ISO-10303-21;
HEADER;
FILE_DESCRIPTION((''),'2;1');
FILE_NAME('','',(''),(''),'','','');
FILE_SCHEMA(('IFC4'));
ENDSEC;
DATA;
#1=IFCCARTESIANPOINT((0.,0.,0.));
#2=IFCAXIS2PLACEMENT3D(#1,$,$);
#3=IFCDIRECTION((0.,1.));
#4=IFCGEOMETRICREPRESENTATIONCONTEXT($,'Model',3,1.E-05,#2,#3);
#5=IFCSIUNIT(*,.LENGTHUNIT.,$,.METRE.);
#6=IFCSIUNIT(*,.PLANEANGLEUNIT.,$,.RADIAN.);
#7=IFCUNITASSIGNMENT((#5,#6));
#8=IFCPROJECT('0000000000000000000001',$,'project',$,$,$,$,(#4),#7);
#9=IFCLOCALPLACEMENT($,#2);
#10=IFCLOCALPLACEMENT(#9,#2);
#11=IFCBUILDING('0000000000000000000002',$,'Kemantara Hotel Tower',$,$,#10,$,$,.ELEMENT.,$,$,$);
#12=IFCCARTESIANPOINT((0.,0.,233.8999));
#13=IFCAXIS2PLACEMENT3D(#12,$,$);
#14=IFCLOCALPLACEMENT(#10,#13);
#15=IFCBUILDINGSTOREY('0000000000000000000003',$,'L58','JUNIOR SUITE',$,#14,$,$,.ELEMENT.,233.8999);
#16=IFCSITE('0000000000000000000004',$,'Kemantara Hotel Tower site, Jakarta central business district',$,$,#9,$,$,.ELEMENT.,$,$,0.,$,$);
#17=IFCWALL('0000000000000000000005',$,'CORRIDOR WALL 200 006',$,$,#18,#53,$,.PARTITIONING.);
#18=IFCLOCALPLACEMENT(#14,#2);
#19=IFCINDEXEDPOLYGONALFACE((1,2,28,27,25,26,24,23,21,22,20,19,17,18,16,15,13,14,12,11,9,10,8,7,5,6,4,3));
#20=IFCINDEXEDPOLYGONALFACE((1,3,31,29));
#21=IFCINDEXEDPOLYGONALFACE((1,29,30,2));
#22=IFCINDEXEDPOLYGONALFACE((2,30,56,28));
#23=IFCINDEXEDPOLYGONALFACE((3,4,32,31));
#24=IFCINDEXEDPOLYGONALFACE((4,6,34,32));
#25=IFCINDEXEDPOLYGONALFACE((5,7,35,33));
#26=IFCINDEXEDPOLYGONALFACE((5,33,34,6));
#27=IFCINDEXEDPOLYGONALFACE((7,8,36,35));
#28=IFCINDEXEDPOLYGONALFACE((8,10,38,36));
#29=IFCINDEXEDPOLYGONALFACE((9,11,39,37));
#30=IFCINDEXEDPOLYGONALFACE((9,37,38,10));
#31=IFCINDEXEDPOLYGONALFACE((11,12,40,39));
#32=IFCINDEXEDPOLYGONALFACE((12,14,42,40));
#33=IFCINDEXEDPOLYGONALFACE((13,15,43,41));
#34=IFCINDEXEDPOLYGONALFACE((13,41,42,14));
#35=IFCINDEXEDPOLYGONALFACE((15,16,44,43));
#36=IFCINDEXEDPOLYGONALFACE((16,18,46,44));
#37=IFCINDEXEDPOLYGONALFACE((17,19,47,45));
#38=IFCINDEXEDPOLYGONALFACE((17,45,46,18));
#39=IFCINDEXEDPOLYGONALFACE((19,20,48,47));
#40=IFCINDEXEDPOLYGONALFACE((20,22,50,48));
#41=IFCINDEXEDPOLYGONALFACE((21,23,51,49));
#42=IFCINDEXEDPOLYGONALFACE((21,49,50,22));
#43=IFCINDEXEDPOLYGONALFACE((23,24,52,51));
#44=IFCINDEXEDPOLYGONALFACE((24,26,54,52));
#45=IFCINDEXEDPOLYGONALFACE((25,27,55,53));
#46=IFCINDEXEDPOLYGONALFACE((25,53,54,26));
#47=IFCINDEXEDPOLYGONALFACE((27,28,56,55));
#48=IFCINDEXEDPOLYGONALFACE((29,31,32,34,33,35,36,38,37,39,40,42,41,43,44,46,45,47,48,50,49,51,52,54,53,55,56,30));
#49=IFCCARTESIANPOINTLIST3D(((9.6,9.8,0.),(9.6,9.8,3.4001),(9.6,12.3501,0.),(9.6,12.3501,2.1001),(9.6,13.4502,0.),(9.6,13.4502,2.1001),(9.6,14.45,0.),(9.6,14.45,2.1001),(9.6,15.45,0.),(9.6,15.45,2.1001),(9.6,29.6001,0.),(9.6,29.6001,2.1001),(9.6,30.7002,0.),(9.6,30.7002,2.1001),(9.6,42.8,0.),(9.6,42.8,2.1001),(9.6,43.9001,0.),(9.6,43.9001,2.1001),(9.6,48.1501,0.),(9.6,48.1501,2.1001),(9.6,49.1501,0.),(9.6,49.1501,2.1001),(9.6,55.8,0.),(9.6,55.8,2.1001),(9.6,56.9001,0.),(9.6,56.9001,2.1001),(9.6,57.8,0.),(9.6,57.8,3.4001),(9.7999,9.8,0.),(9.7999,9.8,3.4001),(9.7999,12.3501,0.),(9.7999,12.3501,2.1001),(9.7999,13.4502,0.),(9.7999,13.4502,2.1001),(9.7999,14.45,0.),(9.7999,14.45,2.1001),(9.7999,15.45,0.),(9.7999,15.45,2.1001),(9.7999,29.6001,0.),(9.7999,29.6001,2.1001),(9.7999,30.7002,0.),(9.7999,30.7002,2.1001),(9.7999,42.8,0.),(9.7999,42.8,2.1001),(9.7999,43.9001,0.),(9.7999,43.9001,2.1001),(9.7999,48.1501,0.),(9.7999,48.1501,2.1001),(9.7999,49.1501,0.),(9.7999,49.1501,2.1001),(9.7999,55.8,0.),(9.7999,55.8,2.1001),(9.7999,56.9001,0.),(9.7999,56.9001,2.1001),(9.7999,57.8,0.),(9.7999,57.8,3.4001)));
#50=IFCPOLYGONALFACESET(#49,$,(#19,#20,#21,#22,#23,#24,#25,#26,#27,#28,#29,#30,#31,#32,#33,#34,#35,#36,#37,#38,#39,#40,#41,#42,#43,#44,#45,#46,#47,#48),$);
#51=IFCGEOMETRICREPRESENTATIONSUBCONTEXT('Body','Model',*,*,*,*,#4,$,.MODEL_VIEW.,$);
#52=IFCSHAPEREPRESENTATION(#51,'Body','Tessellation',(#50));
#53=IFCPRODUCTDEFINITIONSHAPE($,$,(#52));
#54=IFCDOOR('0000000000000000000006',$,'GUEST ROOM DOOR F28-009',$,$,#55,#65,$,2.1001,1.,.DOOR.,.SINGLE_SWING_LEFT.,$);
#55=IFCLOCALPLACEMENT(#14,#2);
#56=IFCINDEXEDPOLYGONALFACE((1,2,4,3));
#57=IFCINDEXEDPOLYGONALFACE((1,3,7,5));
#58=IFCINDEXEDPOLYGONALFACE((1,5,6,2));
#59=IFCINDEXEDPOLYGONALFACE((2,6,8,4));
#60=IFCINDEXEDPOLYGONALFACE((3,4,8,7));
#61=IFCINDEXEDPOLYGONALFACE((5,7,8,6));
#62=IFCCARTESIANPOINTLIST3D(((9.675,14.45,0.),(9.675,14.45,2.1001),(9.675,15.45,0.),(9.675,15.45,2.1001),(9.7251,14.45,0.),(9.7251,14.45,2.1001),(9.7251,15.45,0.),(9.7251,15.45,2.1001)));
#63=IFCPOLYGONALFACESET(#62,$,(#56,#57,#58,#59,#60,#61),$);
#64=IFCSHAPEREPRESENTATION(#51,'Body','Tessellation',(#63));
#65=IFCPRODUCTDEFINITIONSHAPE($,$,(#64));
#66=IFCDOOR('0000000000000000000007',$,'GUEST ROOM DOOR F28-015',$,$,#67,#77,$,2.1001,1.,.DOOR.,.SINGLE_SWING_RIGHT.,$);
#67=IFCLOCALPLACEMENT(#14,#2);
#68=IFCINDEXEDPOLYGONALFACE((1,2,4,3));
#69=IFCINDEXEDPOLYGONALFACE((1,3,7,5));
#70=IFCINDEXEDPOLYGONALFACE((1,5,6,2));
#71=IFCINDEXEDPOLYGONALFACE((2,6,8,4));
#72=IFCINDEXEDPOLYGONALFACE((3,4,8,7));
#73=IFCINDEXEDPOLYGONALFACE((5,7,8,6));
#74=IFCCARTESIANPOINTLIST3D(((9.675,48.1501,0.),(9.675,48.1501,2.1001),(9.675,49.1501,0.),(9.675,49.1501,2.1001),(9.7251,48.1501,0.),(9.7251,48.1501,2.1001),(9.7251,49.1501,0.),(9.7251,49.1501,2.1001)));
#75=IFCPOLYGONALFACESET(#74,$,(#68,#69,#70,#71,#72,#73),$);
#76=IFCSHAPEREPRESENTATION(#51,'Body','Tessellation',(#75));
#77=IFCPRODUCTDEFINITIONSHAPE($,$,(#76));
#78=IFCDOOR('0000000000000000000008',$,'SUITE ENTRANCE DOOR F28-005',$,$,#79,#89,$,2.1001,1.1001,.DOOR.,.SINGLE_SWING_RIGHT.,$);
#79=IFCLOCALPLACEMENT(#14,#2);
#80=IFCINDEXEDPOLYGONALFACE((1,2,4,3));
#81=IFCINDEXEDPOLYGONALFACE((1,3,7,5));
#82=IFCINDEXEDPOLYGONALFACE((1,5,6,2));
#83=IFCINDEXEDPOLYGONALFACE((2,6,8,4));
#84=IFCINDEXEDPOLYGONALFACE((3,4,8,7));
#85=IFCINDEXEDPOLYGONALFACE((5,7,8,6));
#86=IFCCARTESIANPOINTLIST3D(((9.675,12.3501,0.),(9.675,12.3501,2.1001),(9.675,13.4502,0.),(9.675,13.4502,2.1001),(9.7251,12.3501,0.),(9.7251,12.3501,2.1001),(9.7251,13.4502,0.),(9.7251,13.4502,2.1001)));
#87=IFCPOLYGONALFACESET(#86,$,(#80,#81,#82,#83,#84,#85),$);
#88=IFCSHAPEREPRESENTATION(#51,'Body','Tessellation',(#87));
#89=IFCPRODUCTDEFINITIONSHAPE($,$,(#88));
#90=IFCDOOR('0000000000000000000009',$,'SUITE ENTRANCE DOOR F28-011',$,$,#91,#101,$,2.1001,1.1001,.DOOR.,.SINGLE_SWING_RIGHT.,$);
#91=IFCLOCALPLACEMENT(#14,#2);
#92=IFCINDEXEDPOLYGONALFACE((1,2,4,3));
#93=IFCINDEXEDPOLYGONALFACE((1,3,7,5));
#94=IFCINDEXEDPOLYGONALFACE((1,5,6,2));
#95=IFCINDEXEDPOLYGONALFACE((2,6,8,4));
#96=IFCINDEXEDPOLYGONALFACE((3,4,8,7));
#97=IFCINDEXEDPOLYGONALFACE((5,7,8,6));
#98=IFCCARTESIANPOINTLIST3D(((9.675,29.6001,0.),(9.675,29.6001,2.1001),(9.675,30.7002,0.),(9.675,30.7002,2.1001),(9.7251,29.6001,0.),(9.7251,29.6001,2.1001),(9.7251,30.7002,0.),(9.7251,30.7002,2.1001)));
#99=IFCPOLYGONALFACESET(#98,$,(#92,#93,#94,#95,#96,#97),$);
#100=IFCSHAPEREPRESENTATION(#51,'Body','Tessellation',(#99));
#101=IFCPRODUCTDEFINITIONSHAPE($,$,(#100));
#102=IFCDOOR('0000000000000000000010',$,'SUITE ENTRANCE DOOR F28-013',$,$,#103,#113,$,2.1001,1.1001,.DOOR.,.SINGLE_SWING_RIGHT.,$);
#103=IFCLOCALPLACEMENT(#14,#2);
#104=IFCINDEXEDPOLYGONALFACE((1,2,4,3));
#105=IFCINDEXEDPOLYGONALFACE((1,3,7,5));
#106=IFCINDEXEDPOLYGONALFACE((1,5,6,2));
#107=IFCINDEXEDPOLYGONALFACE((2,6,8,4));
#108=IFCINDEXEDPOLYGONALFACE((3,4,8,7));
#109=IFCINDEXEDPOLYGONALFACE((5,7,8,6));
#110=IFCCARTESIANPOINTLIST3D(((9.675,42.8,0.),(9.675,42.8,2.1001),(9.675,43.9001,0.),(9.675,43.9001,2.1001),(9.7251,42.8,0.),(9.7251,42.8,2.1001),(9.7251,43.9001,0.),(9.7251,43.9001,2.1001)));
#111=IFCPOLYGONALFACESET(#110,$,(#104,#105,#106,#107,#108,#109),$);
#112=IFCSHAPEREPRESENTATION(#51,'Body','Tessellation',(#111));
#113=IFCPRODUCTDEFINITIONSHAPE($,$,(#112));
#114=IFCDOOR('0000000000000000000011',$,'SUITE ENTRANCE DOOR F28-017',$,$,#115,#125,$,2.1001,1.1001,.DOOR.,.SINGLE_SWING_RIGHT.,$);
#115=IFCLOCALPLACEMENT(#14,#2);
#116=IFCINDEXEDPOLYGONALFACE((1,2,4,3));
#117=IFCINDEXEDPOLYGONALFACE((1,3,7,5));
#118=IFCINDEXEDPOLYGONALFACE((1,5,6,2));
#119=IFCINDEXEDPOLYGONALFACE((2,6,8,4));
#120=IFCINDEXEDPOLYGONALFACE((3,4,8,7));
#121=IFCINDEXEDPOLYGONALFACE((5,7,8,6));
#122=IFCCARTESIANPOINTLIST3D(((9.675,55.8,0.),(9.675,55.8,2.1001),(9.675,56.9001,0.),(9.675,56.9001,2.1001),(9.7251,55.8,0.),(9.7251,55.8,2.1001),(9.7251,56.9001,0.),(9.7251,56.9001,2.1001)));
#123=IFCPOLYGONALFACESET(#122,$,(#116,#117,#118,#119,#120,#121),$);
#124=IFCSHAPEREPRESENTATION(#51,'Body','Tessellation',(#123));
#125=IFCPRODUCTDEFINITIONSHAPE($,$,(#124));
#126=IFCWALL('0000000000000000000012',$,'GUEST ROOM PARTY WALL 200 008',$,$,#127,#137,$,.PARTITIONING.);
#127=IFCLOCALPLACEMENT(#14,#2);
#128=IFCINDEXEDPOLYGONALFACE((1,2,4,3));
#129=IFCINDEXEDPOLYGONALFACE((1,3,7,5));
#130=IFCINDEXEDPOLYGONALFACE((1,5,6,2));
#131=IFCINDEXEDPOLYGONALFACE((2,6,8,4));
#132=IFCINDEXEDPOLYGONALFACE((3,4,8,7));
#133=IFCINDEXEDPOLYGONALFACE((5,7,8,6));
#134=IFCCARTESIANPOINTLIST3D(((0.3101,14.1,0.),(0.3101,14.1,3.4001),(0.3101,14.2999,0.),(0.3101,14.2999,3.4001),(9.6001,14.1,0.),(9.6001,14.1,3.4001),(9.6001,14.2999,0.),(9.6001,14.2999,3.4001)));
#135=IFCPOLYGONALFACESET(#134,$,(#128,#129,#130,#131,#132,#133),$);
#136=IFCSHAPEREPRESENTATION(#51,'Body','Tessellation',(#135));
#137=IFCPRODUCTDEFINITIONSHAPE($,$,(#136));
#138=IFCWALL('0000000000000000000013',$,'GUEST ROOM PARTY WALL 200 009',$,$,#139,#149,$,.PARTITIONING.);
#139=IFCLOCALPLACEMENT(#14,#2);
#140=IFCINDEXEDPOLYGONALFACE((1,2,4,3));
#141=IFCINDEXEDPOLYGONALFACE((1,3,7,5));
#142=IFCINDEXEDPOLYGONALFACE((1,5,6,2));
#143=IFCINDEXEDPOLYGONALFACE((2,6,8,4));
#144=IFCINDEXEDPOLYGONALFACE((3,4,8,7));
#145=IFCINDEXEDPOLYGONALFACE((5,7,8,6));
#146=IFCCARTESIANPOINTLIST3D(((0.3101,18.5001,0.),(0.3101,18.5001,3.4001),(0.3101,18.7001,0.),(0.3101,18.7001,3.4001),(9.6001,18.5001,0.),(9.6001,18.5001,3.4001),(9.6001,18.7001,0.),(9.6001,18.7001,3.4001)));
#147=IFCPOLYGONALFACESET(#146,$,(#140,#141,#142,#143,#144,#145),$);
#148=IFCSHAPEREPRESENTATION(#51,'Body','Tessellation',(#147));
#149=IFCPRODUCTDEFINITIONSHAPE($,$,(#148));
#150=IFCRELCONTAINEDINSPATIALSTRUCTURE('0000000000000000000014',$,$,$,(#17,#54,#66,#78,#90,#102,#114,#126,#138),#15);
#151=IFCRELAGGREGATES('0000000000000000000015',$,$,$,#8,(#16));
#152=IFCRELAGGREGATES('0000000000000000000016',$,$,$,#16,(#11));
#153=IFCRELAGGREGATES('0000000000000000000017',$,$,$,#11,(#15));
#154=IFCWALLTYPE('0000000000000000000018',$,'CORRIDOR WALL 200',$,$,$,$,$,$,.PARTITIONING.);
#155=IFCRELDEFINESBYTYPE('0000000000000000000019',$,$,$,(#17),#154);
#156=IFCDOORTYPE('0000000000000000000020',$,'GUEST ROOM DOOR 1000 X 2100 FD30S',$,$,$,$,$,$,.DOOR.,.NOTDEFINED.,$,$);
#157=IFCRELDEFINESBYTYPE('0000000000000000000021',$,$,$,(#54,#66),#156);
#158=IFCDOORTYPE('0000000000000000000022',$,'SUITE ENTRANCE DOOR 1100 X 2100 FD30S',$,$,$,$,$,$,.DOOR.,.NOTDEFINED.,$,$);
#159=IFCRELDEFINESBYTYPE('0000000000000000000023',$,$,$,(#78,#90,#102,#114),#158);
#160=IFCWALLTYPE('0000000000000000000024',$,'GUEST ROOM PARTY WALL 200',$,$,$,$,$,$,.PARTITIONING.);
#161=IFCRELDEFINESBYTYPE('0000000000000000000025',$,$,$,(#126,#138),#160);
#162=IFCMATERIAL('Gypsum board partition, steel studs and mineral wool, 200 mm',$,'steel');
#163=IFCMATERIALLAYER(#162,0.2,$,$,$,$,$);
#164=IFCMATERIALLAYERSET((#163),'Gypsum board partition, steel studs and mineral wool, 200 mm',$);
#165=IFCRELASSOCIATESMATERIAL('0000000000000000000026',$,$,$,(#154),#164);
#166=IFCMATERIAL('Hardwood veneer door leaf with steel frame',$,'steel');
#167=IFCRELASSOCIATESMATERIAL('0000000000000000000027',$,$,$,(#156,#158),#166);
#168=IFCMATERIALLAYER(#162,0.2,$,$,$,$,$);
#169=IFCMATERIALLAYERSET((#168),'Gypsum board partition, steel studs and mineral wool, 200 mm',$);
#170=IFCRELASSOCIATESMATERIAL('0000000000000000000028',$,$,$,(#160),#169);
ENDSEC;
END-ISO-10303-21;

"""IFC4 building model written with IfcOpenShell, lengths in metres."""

from ifc_helpers import new_model, si_unit, direction, frame, frame_2d, origin, place, context, subcontext, project, spatial, rectangle, extrude, material, layer, layer_set, type_object, element, fill, save


model = new_model("IFC4")

# Units and contexts
model_context = context("Model", 3, precision=1e-05, world=origin(), true_north=direction((0.0, 1.0)))
body_context = subcontext(model_context, "Body", "Model", "MODEL_VIEW")
ifc_project = project(units=[si_unit("LENGTHUNIT", "METRE"), si_unit("PLANEANGLEUNIT", "RADIAN")], contexts=[model_context])

# Site, building, storey
site_placement = place(None, origin())
site = spatial("IfcSite", under=ifc_project, at=site_placement, Name="Kemantara Hotel Tower site, Jakarta central business district", CompositionType="ELEMENT", RefElevation=0.0)
building_placement = place(site_placement, origin())
building = spatial("IfcBuilding", under=site, at=building_placement, Name="Kemantara Hotel Tower", CompositionType="ELEMENT")
storey_placement = place(building_placement, frame((0.0, 0.0, 233.8999)))
storey = spatial("IfcBuildingStorey", under=building, at=storey_placement, Name="L58", Description="JUNIOR SUITE", CompositionType="ELEMENT", Elevation=233.8999)

# Wall, openings, doors
ifc_material_1 = material(Name="Gypsum board partition, steel studs and mineral wool, 200 mm", Category="steel")
ifc_layer_1 = layer(ifc_material_1, 0.2)
ifc_layer_set_1 = layer_set([ifc_layer_1], Name="Gypsum board partition, steel studs and mineral wool, 200 mm")
wall_type_1 = type_object("IfcWallType", Name="CORRIDOR WALL 200", PredefinedType="PARTITIONING", material=ifc_layer_set_1)
wall_1_placement = place(storey_placement, frame((9.7, 9.8, 0.0), z_axis=(0.0, 0.0, 1.0), x_axis=(0.0, 1.0, 0.0)))
wall_1 = element("IfcWall", 1, at=wall_1_placement, inside=storey, type_object=wall_type_1, Name="CORRIDOR WALL 200 006", PredefinedType="PARTITIONING", context=body_context, shape_type="SweptSolid", body=[
    extrude(rectangle(XDim=48.0, YDim=0.2, at=frame_2d((24.0, 0.0))), origin(), (0.0, 0.0, 1.0), 3.4001),
])
opening_1_placement = place(wall_1_placement, frame((2.55, 0.0, 0.0)))
opening_1 = element("IfcOpeningElement", 2, at=opening_1_placement, cuts=wall_1, PredefinedType="OPENING", context=body_context, shape_type="SweptSolid", body=[
    extrude(rectangle(XDim=1.1001, YDim=2.1001, at=frame_2d((0.55, 1.05))), frame((0.0, 0.1099, 0.0), z_axis=(0.0, -1.0, 0.0), x_axis=(1.0, 0.0, 0.0)), (0.0, 0.0, 1.0), 0.22),
])
opening_2_placement = place(wall_1_placement, frame((4.6499, 0.0, 0.0)))
opening_2 = element("IfcOpeningElement", 3, at=opening_2_placement, cuts=wall_1, PredefinedType="OPENING", context=body_context, shape_type="SweptSolid", body=[
    extrude(rectangle(XDim=1.0, YDim=2.1001, at=frame_2d((0.5, 1.05))), frame((0.0, 0.1099, 0.0), z_axis=(0.0, -1.0, 0.0), x_axis=(1.0, 0.0, 0.0)), (0.0, 0.0, 1.0), 0.22),
])
opening_3_placement = place(wall_1_placement, frame((19.8, 0.0, 0.0)))
opening_3 = element("IfcOpeningElement", 4, at=opening_3_placement, cuts=wall_1, PredefinedType="OPENING", context=body_context, shape_type="SweptSolid", body=[
    extrude(rectangle(XDim=1.1001, YDim=2.1001, at=frame_2d((0.55, 1.05))), frame((0.0, 0.1099, 0.0), z_axis=(0.0, -1.0, 0.0), x_axis=(1.0, 0.0, 0.0)), (0.0, 0.0, 1.0), 0.22),
])
opening_4_placement = place(wall_1_placement, frame((33.0, 0.0, 0.0)))
opening_4 = element("IfcOpeningElement", 5, at=opening_4_placement, cuts=wall_1, PredefinedType="OPENING", context=body_context, shape_type="SweptSolid", body=[
    extrude(rectangle(XDim=1.1001, YDim=2.1001, at=frame_2d((0.55, 1.05))), frame((0.0, 0.1099, 0.0), z_axis=(0.0, -1.0, 0.0), x_axis=(1.0, 0.0, 0.0)), (0.0, 0.0, 1.0), 0.22),
])
opening_5_placement = place(wall_1_placement, frame((38.3501, 0.0, 0.0)))
opening_5 = element("IfcOpeningElement", 6, at=opening_5_placement, cuts=wall_1, PredefinedType="OPENING", context=body_context, shape_type="SweptSolid", body=[
    extrude(rectangle(XDim=1.0, YDim=2.1001, at=frame_2d((0.5, 1.05))), frame((0.0, 0.1099, 0.0), z_axis=(0.0, -1.0, 0.0), x_axis=(1.0, 0.0, 0.0)), (0.0, 0.0, 1.0), 0.22),
])
opening_6_placement = place(wall_1_placement, frame((46.0, 0.0, 0.0)))
opening_6 = element("IfcOpeningElement", 7, at=opening_6_placement, cuts=wall_1, PredefinedType="OPENING", context=body_context, shape_type="SweptSolid", body=[
    extrude(rectangle(XDim=1.1001, YDim=2.1001, at=frame_2d((0.55, 1.05))), frame((0.0, 0.1099, 0.0), z_axis=(0.0, -1.0, 0.0), x_axis=(1.0, 0.0, 0.0)), (0.0, 0.0, 1.0), 0.22),
])
ifc_material_2 = material(Name="Hardwood veneer door leaf with steel frame", Category="steel")
door_type_1 = type_object("IfcDoorType", Name="GUEST ROOM DOOR 1000 X 2100 FD30S", OperationType="NOTDEFINED", PredefinedType="DOOR", material=ifc_material_2)
door_1_placement = place(opening_2_placement, origin())
door_1 = element("IfcDoor", 8, at=door_1_placement, inside=storey, type_object=door_type_1, Name="GUEST ROOM DOOR F28-009", OperationType="SINGLE_SWING_LEFT", OverallHeight=2.1001, OverallWidth=1.0, PredefinedType="DOOR", context=body_context, shape_type="SweptSolid", body=[
    extrude(rectangle(XDim=1.0, YDim=2.1001, at=frame_2d((0.5, 1.05))), frame((0.0, 0.0249, 0.0), z_axis=(0.0, -1.0, 0.0), x_axis=(1.0, 0.0, 0.0)), (0.0, 0.0, 1.0), 0.05),
])
fill(opening_2, door_1)
door_2_placement = place(opening_5_placement, origin())
door_2 = element("IfcDoor", 9, at=door_2_placement, inside=storey, type_object=door_type_1, Name="GUEST ROOM DOOR F28-015", OperationType="SINGLE_SWING_RIGHT", OverallHeight=2.1001, OverallWidth=1.0, PredefinedType="DOOR", context=body_context, shape_type="SweptSolid", body=[
    extrude(rectangle(XDim=1.0, YDim=2.1001, at=frame_2d((0.5, 1.05))), frame((0.0, 0.0249, 0.0), z_axis=(0.0, -1.0, 0.0), x_axis=(1.0, 0.0, 0.0)), (0.0, 0.0, 1.0), 0.05),
])
fill(opening_5, door_2)
door_type_2 = type_object("IfcDoorType", Name="SUITE ENTRANCE DOOR 1100 X 2100 FD30S", OperationType="NOTDEFINED", PredefinedType="DOOR", material=ifc_material_2)
door_3_placement = place(opening_1_placement, origin())
door_3 = element("IfcDoor", 10, at=door_3_placement, inside=storey, type_object=door_type_2, Name="SUITE ENTRANCE DOOR F28-005", OperationType="SINGLE_SWING_RIGHT", OverallHeight=2.1001, OverallWidth=1.1001, PredefinedType="DOOR", context=body_context, shape_type="SweptSolid", body=[
    extrude(rectangle(XDim=1.1001, YDim=2.1001, at=frame_2d((0.55, 1.05))), frame((0.0, 0.0249, 0.0), z_axis=(0.0, -1.0, 0.0), x_axis=(1.0, 0.0, 0.0)), (0.0, 0.0, 1.0), 0.05),
])
fill(opening_1, door_3)
door_4_placement = place(opening_3_placement, origin())
door_4 = element("IfcDoor", 11, at=door_4_placement, inside=storey, type_object=door_type_2, Name="SUITE ENTRANCE DOOR F28-011", OperationType="SINGLE_SWING_RIGHT", OverallHeight=2.1001, OverallWidth=1.1001, PredefinedType="DOOR", context=body_context, shape_type="SweptSolid", body=[
    extrude(rectangle(XDim=1.1001, YDim=2.1001, at=frame_2d((0.55, 1.05))), frame((0.0, 0.0249, 0.0), z_axis=(0.0, -1.0, 0.0), x_axis=(1.0, 0.0, 0.0)), (0.0, 0.0, 1.0), 0.05),
])
fill(opening_3, door_4)
door_5_placement = place(opening_4_placement, origin())
door_5 = element("IfcDoor", 12, at=door_5_placement, inside=storey, type_object=door_type_2, Name="SUITE ENTRANCE DOOR F28-013", OperationType="SINGLE_SWING_RIGHT", OverallHeight=2.1001, OverallWidth=1.1001, PredefinedType="DOOR", context=body_context, shape_type="SweptSolid", body=[
    extrude(rectangle(XDim=1.1001, YDim=2.1001, at=frame_2d((0.55, 1.05))), frame((0.0, 0.0249, 0.0), z_axis=(0.0, -1.0, 0.0), x_axis=(1.0, 0.0, 0.0)), (0.0, 0.0, 1.0), 0.05),
])
fill(opening_4, door_5)
door_6_placement = place(opening_6_placement, origin())
door_6 = element("IfcDoor", 13, at=door_6_placement, inside=storey, type_object=door_type_2, Name="SUITE ENTRANCE DOOR F28-017", OperationType="SINGLE_SWING_RIGHT", OverallHeight=2.1001, OverallWidth=1.1001, PredefinedType="DOOR", context=body_context, shape_type="SweptSolid", body=[
    extrude(rectangle(XDim=1.1001, YDim=2.1001, at=frame_2d((0.55, 1.05))), frame((0.0, 0.0249, 0.0), z_axis=(0.0, -1.0, 0.0), x_axis=(1.0, 0.0, 0.0)), (0.0, 0.0, 1.0), 0.05),
])
fill(opening_6, door_6)

# Walls
ifc_layer_2 = layer(ifc_material_1, 0.2)
ifc_layer_set_2 = layer_set([ifc_layer_2], Name="Gypsum board partition, steel studs and mineral wool, 200 mm")
wall_type_2 = type_object("IfcWallType", Name="GUEST ROOM PARTY WALL 200", PredefinedType="PARTITIONING", material=ifc_layer_set_2)
for number, where, z_axis, x_axis, name in (
    (14, (0.3101, 14.2, 0.0), (0.0, 0.0, 1.0), (1.0, 0.0, 0.0), "GUEST ROOM PARTY WALL 200 008"),
    (15, (0.3101, 18.6001, 0.0), (0.0, 0.0, 1.0), (1.0, 0.0, 0.0), "GUEST ROOM PARTY WALL 200 009"),
):
    element("IfcWall", number, at=place(storey_placement, frame(where, z_axis=z_axis, x_axis=x_axis)), inside=storey, type_object=wall_type_2, Name=name, PredefinedType="PARTITIONING", context=body_context, shape_type="SweptSolid", body=[
        extrude(rectangle(XDim=9.29, YDim=0.2, at=frame_2d((4.645, 0.0))), origin(), (0.0, 0.0, 1.0), 3.4001),
    ])

save(model, "model.ifc")
